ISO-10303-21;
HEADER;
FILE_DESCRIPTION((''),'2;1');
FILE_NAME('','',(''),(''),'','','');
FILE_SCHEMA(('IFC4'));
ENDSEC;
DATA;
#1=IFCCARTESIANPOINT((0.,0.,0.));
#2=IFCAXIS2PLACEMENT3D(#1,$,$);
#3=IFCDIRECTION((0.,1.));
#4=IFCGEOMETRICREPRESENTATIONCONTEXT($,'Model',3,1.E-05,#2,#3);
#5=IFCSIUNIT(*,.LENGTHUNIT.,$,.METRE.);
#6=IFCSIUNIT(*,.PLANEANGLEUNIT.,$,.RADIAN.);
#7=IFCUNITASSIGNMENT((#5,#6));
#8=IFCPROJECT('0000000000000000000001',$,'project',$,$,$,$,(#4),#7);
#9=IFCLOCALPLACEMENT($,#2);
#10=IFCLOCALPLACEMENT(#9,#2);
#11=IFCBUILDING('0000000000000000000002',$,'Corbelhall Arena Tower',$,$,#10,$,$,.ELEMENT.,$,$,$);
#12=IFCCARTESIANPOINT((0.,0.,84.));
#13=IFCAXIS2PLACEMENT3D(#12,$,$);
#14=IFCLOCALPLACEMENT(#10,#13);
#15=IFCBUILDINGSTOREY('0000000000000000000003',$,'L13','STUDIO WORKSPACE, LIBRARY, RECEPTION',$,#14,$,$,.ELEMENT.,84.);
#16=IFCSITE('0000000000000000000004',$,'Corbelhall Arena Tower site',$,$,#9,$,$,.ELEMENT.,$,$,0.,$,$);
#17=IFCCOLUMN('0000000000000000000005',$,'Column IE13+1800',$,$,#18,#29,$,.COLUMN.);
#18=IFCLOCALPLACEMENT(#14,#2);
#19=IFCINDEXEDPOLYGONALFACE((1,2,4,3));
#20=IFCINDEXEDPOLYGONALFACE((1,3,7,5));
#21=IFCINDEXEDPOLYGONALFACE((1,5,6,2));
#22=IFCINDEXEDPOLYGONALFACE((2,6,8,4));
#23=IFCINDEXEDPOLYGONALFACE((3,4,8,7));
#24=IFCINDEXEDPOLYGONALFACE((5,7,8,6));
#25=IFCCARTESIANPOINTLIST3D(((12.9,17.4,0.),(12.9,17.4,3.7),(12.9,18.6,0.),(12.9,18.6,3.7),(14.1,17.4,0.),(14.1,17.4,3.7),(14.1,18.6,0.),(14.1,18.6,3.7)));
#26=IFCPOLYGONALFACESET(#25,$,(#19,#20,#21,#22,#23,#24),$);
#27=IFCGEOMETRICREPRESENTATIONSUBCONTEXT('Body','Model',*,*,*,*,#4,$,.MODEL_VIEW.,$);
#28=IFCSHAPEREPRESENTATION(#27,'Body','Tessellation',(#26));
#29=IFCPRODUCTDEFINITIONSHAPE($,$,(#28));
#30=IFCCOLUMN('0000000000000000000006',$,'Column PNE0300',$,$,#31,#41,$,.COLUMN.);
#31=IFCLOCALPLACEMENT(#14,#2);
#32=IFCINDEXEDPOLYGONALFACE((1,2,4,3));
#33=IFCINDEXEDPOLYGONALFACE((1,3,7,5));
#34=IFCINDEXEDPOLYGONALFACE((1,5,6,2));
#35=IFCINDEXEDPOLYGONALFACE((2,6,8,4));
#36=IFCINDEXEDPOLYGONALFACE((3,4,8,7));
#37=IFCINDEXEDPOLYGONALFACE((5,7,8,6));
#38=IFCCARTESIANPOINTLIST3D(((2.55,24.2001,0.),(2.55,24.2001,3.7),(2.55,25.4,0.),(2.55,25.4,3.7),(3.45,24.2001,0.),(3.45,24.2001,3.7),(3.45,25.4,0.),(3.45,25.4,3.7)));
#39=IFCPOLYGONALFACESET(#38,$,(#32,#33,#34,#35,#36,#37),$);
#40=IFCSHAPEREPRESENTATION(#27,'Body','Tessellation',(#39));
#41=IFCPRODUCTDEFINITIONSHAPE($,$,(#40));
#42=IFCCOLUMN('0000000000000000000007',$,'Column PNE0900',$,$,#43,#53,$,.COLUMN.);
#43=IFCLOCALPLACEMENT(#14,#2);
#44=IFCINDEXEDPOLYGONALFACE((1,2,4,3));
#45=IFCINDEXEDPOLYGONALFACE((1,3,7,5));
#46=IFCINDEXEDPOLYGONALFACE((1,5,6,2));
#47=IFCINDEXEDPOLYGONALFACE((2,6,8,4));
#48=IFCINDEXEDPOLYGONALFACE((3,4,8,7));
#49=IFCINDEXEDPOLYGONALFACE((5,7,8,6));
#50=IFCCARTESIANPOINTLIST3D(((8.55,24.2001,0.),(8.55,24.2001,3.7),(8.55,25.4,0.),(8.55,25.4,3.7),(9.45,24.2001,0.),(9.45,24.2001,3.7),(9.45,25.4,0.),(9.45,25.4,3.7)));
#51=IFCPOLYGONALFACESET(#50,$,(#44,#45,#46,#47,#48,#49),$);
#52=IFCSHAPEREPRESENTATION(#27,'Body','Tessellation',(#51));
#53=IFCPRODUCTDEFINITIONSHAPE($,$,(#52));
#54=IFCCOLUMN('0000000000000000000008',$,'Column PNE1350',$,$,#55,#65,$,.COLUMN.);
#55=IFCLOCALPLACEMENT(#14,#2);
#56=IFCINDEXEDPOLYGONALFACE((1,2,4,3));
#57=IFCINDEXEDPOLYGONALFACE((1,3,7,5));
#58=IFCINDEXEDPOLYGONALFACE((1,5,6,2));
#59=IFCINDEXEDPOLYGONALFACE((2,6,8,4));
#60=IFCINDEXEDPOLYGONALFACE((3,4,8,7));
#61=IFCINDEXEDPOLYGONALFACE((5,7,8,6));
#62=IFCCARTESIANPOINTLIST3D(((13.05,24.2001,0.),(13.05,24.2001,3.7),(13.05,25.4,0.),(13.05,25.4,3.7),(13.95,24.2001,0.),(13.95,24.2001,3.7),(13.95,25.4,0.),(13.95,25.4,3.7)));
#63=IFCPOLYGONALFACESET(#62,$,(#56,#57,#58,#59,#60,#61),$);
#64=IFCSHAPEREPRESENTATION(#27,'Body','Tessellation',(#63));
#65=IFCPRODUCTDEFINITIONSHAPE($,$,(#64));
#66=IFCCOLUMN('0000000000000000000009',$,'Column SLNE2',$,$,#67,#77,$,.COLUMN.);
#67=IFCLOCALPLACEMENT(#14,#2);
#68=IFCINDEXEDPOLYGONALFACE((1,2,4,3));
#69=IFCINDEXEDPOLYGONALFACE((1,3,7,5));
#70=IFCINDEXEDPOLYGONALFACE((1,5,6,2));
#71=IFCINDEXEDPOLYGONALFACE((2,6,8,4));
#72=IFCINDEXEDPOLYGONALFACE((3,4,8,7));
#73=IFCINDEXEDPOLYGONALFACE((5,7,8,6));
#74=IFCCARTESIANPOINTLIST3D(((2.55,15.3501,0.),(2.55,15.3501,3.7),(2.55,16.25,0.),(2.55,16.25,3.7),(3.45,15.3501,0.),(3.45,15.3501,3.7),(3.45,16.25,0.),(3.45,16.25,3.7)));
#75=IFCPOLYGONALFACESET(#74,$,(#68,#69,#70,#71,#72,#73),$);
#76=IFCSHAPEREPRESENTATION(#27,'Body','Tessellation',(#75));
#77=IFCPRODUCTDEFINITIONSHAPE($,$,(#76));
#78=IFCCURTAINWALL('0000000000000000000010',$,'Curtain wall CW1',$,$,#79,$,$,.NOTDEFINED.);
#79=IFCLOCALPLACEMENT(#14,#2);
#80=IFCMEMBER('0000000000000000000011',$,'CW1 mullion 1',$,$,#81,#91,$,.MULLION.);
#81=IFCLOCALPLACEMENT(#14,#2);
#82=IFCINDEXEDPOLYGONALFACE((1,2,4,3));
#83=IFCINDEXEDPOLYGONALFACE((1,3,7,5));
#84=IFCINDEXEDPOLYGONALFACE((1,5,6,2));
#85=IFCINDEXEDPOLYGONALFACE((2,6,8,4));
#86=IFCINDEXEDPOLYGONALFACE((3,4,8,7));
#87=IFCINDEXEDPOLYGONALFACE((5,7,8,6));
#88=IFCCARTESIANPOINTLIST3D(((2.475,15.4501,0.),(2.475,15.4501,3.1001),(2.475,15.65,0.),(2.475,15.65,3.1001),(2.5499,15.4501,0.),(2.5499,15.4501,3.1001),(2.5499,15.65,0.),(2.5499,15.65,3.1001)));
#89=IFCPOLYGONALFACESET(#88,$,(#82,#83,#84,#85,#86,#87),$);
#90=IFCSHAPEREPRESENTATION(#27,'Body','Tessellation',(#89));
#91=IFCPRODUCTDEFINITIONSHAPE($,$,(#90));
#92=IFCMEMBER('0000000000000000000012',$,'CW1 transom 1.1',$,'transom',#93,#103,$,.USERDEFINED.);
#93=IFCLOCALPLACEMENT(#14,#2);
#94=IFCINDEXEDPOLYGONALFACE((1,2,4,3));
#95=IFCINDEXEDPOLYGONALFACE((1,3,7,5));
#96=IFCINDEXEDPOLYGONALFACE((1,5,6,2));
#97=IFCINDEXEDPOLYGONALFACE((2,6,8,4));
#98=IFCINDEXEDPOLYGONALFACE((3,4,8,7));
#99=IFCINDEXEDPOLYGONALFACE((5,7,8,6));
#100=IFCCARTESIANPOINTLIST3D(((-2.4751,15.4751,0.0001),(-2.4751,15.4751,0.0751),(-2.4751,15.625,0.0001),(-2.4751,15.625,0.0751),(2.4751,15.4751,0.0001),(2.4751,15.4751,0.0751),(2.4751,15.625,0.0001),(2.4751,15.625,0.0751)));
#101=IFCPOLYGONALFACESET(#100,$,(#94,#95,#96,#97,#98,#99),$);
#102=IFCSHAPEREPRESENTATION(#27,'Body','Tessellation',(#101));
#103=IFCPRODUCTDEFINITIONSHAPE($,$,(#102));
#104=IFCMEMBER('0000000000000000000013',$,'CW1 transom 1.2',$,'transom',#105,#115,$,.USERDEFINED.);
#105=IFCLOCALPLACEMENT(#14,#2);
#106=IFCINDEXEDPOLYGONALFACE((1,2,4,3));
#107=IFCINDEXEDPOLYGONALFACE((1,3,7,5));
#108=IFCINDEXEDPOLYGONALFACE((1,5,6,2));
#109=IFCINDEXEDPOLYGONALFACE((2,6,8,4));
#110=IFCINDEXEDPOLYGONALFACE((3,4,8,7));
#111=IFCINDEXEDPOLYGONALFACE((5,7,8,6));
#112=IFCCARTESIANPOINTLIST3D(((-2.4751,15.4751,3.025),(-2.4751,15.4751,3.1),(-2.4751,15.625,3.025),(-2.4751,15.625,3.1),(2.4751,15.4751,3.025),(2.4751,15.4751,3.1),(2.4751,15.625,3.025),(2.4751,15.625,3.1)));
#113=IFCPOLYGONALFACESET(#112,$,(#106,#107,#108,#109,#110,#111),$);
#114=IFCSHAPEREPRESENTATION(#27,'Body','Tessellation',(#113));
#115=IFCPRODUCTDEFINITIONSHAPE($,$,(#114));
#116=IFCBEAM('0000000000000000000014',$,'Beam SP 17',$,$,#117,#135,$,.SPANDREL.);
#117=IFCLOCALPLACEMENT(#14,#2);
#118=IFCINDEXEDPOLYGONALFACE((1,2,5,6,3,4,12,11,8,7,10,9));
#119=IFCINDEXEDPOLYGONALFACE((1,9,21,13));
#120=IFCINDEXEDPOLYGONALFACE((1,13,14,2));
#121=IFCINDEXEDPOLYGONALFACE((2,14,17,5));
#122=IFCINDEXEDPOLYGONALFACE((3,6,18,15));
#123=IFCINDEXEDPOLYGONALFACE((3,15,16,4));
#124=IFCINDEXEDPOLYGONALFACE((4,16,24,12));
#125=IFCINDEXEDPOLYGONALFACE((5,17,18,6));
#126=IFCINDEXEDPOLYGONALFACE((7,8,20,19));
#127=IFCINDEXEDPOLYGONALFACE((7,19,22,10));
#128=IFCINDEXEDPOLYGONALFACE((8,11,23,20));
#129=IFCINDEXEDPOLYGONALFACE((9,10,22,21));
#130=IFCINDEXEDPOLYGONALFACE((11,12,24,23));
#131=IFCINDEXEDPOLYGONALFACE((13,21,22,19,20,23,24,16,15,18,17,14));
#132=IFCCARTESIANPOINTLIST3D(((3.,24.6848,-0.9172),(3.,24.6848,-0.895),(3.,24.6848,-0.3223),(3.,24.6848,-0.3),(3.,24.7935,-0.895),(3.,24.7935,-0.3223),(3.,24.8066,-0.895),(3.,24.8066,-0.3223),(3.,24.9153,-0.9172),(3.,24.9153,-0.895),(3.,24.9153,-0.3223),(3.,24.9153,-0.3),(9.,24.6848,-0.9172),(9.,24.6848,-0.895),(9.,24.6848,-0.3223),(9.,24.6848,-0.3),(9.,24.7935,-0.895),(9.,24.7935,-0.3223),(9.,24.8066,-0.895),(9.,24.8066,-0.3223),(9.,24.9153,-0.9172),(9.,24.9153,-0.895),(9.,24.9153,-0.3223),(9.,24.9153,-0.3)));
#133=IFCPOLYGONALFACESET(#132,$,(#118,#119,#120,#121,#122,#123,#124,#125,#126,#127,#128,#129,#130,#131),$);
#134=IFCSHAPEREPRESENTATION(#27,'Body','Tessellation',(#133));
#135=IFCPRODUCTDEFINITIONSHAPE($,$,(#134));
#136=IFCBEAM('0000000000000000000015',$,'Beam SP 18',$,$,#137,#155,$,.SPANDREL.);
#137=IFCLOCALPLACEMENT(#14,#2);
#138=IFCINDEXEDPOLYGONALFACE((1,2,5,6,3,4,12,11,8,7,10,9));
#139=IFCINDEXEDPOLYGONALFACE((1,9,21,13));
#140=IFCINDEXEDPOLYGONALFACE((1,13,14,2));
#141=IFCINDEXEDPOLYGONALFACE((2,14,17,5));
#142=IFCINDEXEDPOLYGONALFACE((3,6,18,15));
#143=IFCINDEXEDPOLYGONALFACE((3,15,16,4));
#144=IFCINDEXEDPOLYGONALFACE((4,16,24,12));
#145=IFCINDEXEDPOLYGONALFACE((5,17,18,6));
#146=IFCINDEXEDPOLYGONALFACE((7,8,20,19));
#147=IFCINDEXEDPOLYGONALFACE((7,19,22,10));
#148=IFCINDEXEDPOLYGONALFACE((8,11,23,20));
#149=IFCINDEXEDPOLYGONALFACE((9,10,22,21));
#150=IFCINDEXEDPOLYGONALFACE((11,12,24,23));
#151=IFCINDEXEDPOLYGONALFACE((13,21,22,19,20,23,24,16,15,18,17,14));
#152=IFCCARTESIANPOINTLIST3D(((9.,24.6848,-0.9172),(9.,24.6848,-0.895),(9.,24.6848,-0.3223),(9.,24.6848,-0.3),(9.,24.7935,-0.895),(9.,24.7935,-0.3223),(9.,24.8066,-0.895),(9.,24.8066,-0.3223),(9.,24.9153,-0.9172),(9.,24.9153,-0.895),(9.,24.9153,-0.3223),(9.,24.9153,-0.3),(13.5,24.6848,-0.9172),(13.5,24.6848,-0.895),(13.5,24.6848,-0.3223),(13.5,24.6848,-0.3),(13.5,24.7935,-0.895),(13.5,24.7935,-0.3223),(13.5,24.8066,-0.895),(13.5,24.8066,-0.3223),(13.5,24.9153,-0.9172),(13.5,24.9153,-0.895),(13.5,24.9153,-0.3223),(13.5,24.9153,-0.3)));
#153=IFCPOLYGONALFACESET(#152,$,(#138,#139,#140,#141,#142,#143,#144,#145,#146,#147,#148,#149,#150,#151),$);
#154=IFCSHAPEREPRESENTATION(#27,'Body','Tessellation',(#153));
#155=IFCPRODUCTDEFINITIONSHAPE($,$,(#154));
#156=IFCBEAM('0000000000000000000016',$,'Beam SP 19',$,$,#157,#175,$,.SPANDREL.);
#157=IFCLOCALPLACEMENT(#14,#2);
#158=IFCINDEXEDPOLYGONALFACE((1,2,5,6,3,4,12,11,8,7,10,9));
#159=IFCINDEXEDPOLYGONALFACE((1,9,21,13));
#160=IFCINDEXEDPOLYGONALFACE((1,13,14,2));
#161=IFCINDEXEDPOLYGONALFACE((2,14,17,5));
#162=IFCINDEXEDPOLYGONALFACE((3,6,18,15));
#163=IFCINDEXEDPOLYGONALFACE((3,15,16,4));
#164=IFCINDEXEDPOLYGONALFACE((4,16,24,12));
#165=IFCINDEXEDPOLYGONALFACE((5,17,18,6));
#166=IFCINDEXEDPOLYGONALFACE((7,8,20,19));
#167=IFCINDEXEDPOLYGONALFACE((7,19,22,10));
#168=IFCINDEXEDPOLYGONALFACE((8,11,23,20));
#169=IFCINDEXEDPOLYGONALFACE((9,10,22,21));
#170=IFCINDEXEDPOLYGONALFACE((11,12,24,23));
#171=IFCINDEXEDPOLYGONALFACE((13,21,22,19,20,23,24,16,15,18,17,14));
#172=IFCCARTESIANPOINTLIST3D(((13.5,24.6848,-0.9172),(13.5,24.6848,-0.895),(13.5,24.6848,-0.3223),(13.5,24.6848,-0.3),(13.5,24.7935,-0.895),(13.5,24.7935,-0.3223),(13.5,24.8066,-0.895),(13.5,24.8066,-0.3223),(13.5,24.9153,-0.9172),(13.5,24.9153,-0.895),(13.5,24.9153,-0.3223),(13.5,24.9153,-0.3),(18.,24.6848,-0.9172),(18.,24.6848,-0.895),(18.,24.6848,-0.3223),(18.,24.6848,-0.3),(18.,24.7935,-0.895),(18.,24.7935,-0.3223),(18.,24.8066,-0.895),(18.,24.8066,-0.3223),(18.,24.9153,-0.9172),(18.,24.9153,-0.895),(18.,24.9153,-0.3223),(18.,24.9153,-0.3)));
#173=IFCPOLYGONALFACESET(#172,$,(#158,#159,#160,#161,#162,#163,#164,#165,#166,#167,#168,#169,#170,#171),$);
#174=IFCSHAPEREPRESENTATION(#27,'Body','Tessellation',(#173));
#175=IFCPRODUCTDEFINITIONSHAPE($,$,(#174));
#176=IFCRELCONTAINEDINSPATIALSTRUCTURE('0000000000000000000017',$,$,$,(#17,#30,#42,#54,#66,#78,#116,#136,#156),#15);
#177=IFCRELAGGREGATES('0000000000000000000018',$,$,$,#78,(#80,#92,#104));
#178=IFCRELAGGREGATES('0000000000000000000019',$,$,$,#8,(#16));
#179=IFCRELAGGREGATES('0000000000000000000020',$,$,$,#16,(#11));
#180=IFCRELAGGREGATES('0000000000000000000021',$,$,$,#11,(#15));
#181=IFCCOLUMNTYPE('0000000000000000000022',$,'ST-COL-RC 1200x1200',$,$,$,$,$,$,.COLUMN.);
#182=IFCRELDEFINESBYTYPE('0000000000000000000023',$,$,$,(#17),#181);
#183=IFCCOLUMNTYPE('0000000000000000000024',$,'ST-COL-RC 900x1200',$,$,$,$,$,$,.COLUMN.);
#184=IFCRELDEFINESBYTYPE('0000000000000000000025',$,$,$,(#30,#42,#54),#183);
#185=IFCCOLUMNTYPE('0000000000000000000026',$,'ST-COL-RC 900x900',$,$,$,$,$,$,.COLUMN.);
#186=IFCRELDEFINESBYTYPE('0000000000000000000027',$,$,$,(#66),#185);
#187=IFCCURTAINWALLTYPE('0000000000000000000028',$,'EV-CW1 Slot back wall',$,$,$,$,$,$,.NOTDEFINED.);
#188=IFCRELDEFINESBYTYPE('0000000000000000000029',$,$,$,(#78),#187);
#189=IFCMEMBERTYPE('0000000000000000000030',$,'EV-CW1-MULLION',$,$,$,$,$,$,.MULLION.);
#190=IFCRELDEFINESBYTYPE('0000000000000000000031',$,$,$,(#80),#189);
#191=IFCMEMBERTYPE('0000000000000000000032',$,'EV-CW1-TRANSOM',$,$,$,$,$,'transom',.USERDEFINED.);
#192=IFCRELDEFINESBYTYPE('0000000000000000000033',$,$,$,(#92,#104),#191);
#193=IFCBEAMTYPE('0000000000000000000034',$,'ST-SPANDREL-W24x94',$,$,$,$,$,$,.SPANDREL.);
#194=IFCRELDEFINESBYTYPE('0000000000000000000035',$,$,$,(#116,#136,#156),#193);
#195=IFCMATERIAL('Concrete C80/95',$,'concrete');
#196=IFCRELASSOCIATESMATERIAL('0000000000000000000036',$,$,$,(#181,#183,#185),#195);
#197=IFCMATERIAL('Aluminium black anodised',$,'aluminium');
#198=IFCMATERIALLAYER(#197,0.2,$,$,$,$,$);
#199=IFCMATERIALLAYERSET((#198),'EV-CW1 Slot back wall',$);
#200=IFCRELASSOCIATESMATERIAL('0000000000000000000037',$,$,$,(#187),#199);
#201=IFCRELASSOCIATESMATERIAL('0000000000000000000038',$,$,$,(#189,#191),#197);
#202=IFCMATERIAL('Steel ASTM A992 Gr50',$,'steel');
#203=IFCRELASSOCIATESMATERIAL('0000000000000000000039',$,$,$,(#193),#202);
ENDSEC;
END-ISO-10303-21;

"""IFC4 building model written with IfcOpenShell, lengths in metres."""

from ifc_helpers import new_model, si_unit, direction, frame, origin, origin_2d, place, context, subcontext, project, spatial, rectangle, i_section, extrude, material, layer, layer_set, material_profile, profile_set, type_object, element, aggregate, save


model = new_model("IFC4")

# Units and contexts
model_context = context("Model", 3, precision=1e-05, world=origin(), true_north=direction((0.0, 1.0)))
body_context = subcontext(model_context, "Body", "Model", "MODEL_VIEW")
ifc_project = project(units=[si_unit("LENGTHUNIT", "METRE"), si_unit("PLANEANGLEUNIT", "RADIAN")], contexts=[model_context])

# Site, building, storey
site_placement = place(None, origin())
site = spatial("IfcSite", under=ifc_project, at=site_placement, Name="Corbelhall Arena Tower site", CompositionType="ELEMENT", RefElevation=0.0)
building_placement = place(site_placement, origin())
building = spatial("IfcBuilding", under=site, at=building_placement, Name="Corbelhall Arena Tower", CompositionType="ELEMENT")
storey_placement = place(building_placement, frame((0.0, 0.0, 84.0)))
storey = spatial("IfcBuildingStorey", under=building, at=storey_placement, Name="L13", Description="STUDIO WORKSPACE, LIBRARY, RECEPTION", CompositionType="ELEMENT", Elevation=84.0)

# Columns
ifc_material_1 = material(Name="Concrete C80/95", Category="concrete")
ifc_material_profile_1 = material_profile(ifc_material_1, rectangle(XDim=1.2, YDim=1.2, at=origin_2d()))
ifc_profile_set_1 = profile_set([ifc_material_profile_1], Name="Concrete C80/95")
column_type_1 = type_object("IfcColumnType", Name="ST-COL-RC 1200x1200", PredefinedType="COLUMN", material=ifc_profile_set_1)
column_1_placement = place(storey_placement, frame((13.5, 18.0, 0.0), z_axis=(0.0, 0.0, 1.0), x_axis=(1.0, 0.0, 0.0)))
element("IfcColumn", 1, at=column_1_placement, inside=storey, type_object=column_type_1, Name="Column IE13+1800", PredefinedType="COLUMN", context=body_context, shape_type="SweptSolid", body=[
    extrude(rectangle(XDim=1.2, YDim=1.2, at=origin_2d()), origin(), (0.0, 0.0, 1.0), 3.7),
])
ifc_material_profile_2 = material_profile(ifc_material_1, rectangle(XDim=0.8999, YDim=1.2, at=origin_2d()))
ifc_profile_set_2 = profile_set([ifc_material_profile_2], Name="Concrete C80/95")
column_type_2 = type_object("IfcColumnType", Name="ST-COL-RC 900x1200", PredefinedType="COLUMN", material=ifc_profile_set_2)
for number, where, z_axis, x_axis, name in (
    (2, (3.0, 24.8, 0.0), (0.0, 0.0, 1.0), (1.0, 0.0, 0.0), "Column PNE0300"),
    (3, (9.0, 24.8, 0.0), (0.0, 0.0, 1.0), (1.0, 0.0, 0.0), "Column PNE0900"),
    (4, (13.5, 24.8, 0.0), (0.0, 0.0, 1.0), (1.0, 0.0, 0.0), "Column PNE1350"),
):
    element("IfcColumn", number, at=place(storey_placement, frame(where, z_axis=z_axis, x_axis=x_axis)), inside=storey, type_object=column_type_2, Name=name, PredefinedType="COLUMN", context=body_context, shape_type="SweptSolid", body=[
        extrude(rectangle(XDim=0.8999, YDim=1.2, at=origin_2d()), origin(), (0.0, 0.0, 1.0), 3.7),
    ])
ifc_material_profile_3 = material_profile(ifc_material_1, rectangle(XDim=0.8999, YDim=0.8999, at=origin_2d()))
ifc_profile_set_3 = profile_set([ifc_material_profile_3], Name="Concrete C80/95")
column_type_3 = type_object("IfcColumnType", Name="ST-COL-RC 900x900", PredefinedType="COLUMN", material=ifc_profile_set_3)
column_2_placement = place(storey_placement, frame((3.0, 15.8, 0.0), z_axis=(0.0, 0.0, 1.0), x_axis=(1.0, 0.0, 0.0)))
element("IfcColumn", 5, at=column_2_placement, inside=storey, type_object=column_type_3, Name="Column SLNE2", PredefinedType="COLUMN", context=body_context, shape_type="SweptSolid", body=[
    extrude(rectangle(XDim=0.8999, YDim=0.8999, at=origin_2d()), origin(), (0.0, 0.0, 1.0), 3.7),
])

# Curtain wall, members
ifc_material_2 = material(Name="Aluminium black anodised", Category="aluminium")
ifc_layer_1 = layer(ifc_material_2, 0.2)
ifc_layer_set_1 = layer_set([ifc_layer_1], Name="EV-CW1 Slot back wall")
curtain_wall_type = type_object("IfcCurtainWallType", Name="EV-CW1 Slot back wall", PredefinedType="NOTDEFINED", material=ifc_layer_set_1)
curtain_wall_placement = place(storey_placement, origin())
curtain_wall = element("IfcCurtainWall", 6, at=curtain_wall_placement, inside=storey, type_object=curtain_wall_type, Name="Curtain wall CW1", PredefinedType="NOTDEFINED")
ifc_material_profile_4 = material_profile(ifc_material_2, rectangle(XDim=0.2, YDim=0.075, at=origin_2d()))
ifc_profile_set_4 = profile_set([ifc_material_profile_4], Name="Aluminium black anodised")
member_type_1 = type_object("IfcMemberType", Name="EV-CW1-MULLION", PredefinedType="MULLION", material=ifc_profile_set_4)
member_1_placement = place(storey_placement, frame((2.5125, 15.55, 0.0), z_axis=(0.0, 0.0, 1.0), x_axis=(0.0, -1.0, 0.0)))
member_1 = element("IfcMember", 7, at=member_1_placement, type_object=member_type_1, Name="CW1 mullion 1", PredefinedType="MULLION", context=body_context, shape_type="SweptSolid", body=[
    extrude(rectangle(XDim=0.2, YDim=0.075, at=origin_2d()), origin(), (0.0, 0.0, 1.0), 3.1001),
])
ifc_material_profile_5 = material_profile(ifc_material_2, rectangle(XDim=0.1499, YDim=0.075, at=origin_2d()))
ifc_profile_set_5 = profile_set([ifc_material_profile_5], Name="Aluminium black anodised")
member_type_2 = type_object("IfcMemberType", Name="EV-CW1-TRANSOM", ElementType="transom", PredefinedType="USERDEFINED", material=ifc_profile_set_5)
member_2_placement = place(storey_placement, frame((2.4751, 15.55, 0.0376), z_axis=(-1.0, 0.0, 0.0), x_axis=(0.0, -1.0, 0.0)))
member_2 = element("IfcMember", 8, at=member_2_placement, type_object=member_type_2, Name="CW1 transom 1.1", ObjectType="transom", PredefinedType="USERDEFINED", context=body_context, shape_type="SweptSolid", body=[
    extrude(rectangle(XDim=0.1499, YDim=0.075, at=origin_2d()), origin(), (0.0, 0.0, 1.0), 4.9502),
])
member_3_placement = place(storey_placement, frame((2.4751, 15.55, 3.0625), z_axis=(-1.0, 0.0, 0.0), x_axis=(0.0, -1.0, 0.0)))
member_3 = element("IfcMember", 9, at=member_3_placement, type_object=member_type_2, Name="CW1 transom 1.2", ObjectType="transom", PredefinedType="USERDEFINED", context=body_context, shape_type="SweptSolid", body=[
    extrude(rectangle(XDim=0.1499, YDim=0.075, at=origin_2d()), origin(), (0.0, 0.0, 1.0), 4.9502),
])

# Beams
ifc_material_3 = material(Name="Steel ASTM A992 Gr50", Category="steel")
ifc_material_profile_6 = material_profile(ifc_material_3, i_section(OverallWidth=0.2305, OverallDepth=0.6172, WebThickness=0.0132, FlangeThickness=0.0222, at=origin_2d()))
ifc_profile_set_6 = profile_set([ifc_material_profile_6], Name="Steel ASTM A992 Gr50")
beam_type_1 = type_object("IfcBeamType", Name="ST-SPANDREL-W24x94", PredefinedType="SPANDREL", material=ifc_profile_set_6)
beam_1_placement = place(storey_placement, frame((3.0, 24.8, -0.6086), z_axis=(1.0, 0.0, 0.0), x_axis=(0.0, 1.0, 0.0)))
element("IfcBeam", 10, at=beam_1_placement, inside=storey, type_object=beam_type_1, Name="Beam SP 17", PredefinedType="SPANDREL", context=body_context, shape_type="SweptSolid", body=[
    extrude(i_section(OverallWidth=0.2305, OverallDepth=0.6172, WebThickness=0.0132, FlangeThickness=0.0222, at=origin_2d()), origin(), (0.0, 0.0, 1.0), 6.0),
])
for number, where, z_axis, x_axis, name in (
    (11, (9.0, 24.8, -0.6086), (1.0, 0.0, 0.0), (0.0, 1.0, 0.0), "Beam SP 18"),
    (12, (13.5, 24.8, -0.6086), (1.0, 0.0, 0.0), (0.0, 1.0, 0.0), "Beam SP 19"),
):
    element("IfcBeam", number, at=place(storey_placement, frame(where, z_axis=z_axis, x_axis=x_axis)), inside=storey, type_object=beam_type_1, Name=name, PredefinedType="SPANDREL", context=body_context, shape_type="SweptSolid", body=[
        extrude(i_section(OverallWidth=0.2305, OverallDepth=0.6172, WebThickness=0.0132, FlangeThickness=0.0222, at=origin_2d()), origin(), (0.0, 0.0, 1.0), 4.5),
    ])

aggregate(curtain_wall, [member_1, member_2, member_3])

save(model, "model.ifc")
